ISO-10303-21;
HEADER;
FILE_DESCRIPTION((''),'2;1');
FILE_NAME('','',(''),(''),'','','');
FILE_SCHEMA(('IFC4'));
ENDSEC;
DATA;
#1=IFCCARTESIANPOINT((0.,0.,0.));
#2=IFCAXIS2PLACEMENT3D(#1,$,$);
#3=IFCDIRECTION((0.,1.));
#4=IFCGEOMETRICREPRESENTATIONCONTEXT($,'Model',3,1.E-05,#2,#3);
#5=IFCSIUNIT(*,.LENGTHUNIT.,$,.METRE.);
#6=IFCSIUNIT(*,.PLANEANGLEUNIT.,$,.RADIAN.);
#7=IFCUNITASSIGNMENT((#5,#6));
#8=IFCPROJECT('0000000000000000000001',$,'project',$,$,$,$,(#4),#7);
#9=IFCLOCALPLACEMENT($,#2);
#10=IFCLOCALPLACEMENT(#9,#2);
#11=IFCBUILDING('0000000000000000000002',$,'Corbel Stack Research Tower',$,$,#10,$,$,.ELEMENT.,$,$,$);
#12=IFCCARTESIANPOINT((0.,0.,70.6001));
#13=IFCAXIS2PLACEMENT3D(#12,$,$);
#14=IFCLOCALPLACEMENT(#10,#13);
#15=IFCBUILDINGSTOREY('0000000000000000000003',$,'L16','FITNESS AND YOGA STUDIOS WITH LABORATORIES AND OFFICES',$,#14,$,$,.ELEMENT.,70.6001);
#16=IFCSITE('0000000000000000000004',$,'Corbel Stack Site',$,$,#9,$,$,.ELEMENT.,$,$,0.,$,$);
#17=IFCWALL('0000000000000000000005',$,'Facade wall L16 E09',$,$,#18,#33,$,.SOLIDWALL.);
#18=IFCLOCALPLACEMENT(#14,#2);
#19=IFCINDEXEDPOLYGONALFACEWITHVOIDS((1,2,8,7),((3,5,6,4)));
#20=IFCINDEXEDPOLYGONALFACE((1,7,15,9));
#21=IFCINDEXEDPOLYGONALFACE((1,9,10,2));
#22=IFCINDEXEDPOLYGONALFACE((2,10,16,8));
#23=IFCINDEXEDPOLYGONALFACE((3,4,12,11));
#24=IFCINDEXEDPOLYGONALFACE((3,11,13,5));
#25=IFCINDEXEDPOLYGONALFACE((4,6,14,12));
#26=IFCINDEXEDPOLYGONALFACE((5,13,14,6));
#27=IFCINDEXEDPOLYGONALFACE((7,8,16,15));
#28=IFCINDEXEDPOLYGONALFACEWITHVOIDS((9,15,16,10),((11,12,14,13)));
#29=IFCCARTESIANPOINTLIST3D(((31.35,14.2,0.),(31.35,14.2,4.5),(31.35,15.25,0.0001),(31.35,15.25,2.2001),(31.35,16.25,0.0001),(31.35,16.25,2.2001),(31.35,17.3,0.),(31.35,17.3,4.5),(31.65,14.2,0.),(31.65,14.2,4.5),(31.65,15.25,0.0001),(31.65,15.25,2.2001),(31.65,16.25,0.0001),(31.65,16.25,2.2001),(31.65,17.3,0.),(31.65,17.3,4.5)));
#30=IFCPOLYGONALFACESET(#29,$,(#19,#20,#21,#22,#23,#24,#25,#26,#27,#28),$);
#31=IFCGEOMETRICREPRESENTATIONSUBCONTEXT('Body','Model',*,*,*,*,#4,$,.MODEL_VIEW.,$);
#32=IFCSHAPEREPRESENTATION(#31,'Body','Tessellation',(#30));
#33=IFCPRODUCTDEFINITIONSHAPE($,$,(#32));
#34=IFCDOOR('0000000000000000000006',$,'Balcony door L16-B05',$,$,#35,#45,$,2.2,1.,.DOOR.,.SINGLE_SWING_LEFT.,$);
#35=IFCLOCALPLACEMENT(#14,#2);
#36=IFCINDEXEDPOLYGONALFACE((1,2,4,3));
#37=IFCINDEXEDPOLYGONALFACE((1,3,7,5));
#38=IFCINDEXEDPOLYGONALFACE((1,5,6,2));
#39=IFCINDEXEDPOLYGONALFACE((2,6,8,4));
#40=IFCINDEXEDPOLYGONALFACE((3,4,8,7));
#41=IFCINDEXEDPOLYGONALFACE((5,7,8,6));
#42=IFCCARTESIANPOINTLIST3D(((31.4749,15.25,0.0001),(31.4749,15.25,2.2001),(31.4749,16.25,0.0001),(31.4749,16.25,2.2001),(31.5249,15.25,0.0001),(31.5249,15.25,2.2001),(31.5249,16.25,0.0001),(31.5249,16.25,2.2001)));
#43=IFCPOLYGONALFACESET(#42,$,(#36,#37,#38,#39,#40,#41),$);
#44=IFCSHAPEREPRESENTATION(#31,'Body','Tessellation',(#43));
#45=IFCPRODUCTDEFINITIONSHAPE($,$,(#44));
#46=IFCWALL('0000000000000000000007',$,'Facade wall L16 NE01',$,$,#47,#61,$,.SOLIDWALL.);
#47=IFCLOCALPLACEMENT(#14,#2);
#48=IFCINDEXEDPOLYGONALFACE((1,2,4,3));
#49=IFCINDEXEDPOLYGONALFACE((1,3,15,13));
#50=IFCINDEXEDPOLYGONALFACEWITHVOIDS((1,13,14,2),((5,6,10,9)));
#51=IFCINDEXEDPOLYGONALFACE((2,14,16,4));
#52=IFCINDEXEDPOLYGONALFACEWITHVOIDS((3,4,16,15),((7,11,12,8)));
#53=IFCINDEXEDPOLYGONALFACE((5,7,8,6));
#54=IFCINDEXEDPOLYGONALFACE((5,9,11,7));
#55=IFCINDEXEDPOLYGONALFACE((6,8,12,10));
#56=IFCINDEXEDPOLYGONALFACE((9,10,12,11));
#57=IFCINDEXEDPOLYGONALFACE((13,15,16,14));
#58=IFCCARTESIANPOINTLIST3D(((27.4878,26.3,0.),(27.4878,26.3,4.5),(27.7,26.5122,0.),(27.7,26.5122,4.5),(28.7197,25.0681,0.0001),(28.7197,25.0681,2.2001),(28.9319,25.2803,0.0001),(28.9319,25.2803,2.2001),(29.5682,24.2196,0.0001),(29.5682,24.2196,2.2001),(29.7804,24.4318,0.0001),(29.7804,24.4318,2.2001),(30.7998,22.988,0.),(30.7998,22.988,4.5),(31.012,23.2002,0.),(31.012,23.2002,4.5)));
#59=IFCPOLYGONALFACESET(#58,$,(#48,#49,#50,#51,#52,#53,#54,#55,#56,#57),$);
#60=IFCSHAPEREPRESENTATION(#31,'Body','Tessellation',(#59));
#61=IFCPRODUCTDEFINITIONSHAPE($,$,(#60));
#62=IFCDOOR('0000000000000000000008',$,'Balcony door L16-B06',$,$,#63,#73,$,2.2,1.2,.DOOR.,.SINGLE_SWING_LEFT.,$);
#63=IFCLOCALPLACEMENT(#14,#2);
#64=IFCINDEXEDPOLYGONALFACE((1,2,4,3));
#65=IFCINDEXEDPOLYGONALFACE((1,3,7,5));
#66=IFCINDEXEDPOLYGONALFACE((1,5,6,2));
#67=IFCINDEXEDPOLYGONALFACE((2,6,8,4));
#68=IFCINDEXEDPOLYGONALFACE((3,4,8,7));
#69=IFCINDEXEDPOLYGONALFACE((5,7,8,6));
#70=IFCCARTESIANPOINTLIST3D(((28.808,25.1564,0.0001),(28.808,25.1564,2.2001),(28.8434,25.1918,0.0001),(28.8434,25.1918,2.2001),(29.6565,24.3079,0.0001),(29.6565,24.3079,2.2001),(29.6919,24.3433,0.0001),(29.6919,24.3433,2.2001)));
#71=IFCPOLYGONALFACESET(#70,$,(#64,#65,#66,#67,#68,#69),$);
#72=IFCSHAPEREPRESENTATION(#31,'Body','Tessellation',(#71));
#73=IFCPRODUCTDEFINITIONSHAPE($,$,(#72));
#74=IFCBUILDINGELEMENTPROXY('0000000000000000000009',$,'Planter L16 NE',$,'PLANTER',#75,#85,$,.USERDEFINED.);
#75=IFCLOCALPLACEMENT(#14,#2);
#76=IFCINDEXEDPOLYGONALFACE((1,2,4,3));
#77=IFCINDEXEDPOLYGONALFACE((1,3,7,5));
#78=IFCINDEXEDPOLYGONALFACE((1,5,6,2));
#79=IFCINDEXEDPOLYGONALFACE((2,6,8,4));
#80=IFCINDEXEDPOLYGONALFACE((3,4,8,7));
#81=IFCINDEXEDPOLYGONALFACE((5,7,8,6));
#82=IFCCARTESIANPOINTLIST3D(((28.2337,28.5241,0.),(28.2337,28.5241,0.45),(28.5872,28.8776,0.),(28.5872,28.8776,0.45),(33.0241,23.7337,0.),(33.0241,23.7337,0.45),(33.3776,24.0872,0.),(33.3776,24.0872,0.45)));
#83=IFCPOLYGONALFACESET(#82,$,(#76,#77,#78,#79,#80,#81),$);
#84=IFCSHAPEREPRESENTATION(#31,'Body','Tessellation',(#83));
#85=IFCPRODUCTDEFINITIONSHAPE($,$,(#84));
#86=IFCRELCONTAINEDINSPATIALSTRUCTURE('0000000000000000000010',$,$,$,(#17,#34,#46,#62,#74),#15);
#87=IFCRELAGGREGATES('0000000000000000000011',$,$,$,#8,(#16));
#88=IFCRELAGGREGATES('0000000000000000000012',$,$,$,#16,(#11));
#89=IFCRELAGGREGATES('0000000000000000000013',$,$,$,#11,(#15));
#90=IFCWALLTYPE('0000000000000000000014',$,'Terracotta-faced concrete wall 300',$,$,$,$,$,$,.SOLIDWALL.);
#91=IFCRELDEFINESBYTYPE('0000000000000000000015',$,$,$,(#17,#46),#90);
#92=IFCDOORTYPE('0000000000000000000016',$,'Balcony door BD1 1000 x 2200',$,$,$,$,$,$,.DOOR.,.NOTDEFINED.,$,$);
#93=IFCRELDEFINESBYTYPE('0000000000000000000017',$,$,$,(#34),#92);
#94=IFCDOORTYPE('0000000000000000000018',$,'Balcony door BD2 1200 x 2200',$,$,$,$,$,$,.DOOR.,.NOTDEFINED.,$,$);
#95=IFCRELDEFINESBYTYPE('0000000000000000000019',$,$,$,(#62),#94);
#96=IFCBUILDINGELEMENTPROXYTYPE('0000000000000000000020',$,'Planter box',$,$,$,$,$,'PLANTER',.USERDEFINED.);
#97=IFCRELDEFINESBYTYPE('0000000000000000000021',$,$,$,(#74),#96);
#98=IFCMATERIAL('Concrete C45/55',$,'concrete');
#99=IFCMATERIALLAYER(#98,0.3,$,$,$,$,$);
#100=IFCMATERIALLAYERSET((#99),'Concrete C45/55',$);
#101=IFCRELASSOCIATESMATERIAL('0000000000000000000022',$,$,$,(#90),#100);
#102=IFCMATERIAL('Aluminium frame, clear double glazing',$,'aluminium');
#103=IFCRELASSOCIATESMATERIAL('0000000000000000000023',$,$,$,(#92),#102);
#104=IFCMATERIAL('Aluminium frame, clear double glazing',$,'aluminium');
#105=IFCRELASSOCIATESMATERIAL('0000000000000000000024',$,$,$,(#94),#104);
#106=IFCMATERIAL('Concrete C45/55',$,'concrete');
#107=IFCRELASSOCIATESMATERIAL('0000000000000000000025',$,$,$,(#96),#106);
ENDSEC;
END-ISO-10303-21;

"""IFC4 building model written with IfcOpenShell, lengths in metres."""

from ifc_helpers import new_model, si_unit, direction, frame, frame_2d, origin, origin_2d, place, context, subcontext, project, spatial, rectangle, extrude, material, layer, layer_set, type_object, element, fill, save


model = new_model("IFC4")

# Units and contexts
model_context = context("Model", 3, precision=1e-05, world=origin(), true_north=direction((0.0, 1.0)))
body_context = subcontext(model_context, "Body", "Model", "MODEL_VIEW")
ifc_project = project(units=[si_unit("LENGTHUNIT", "METRE"), si_unit("PLANEANGLEUNIT", "RADIAN")], contexts=[model_context])

# Site, building, storey
site_placement = place(None, origin())
site = spatial("IfcSite", under=ifc_project, at=site_placement, Name="Corbel Stack Site", CompositionType="ELEMENT", RefElevation=0.0)
building_placement = place(site_placement, origin())
building = spatial("IfcBuilding", under=site, at=building_placement, Name="Corbel Stack Research Tower", CompositionType="ELEMENT")
storey_placement = place(building_placement, frame((0.0, 0.0, 70.6001)))
storey = spatial("IfcBuildingStorey", under=building, at=storey_placement, Name="L16", Description="FITNESS AND YOGA STUDIOS WITH LABORATORIES AND OFFICES", CompositionType="ELEMENT", Elevation=70.6001)

# Walls, openings, doors
ifc_material_1 = material(Name="Concrete C45/55", Category="concrete")
ifc_layer_1 = layer(ifc_material_1, 0.3)
ifc_layer_set_1 = layer_set([ifc_layer_1], Name="Concrete C45/55")
wall_type_1 = type_object("IfcWallType", Name="Terracotta-faced concrete wall 300", PredefinedType="SOLIDWALL", material=ifc_layer_set_1)
wall_1_placement = place(storey_placement, frame((31.5, 17.3, 0.0), z_axis=(0.0, 0.0, 1.0), x_axis=(0.0, -1.0, 0.0)))
wall_1 = element("IfcWall", 1, at=wall_1_placement, inside=storey, type_object=wall_type_1, Name="Facade wall L16 E09", PredefinedType="SOLIDWALL", context=body_context, shape_type="SweptSolid", body=[
    extrude(rectangle(XDim=3.1001, YDim=0.3, at=frame_2d((1.55, 0.0))), origin(), (0.0, 0.0, 1.0), 4.5),
])
opening_1_placement = place(wall_1_placement, frame((1.05, 0.0, 0.0)))
opening_1 = element("IfcOpeningElement", 2, at=opening_1_placement, cuts=wall_1, PredefinedType="OPENING", context=body_context, shape_type="SweptSolid", body=[
    extrude(rectangle(XDim=1.0, YDim=2.2, at=frame_2d((0.5, 1.1001))), frame((0.0, 0.1599, 0.0), z_axis=(0.0, -1.0, 0.0), x_axis=(1.0, 0.0, 0.0)), (0.0, 0.0, 1.0), 0.3201),
])
ifc_material_2 = material(Name="Aluminium frame, clear double glazing", Category="aluminium")
door_type_1 = type_object("IfcDoorType", Name="Balcony door BD1 1000 x 2200", OperationType="NOTDEFINED", PredefinedType="DOOR", material=ifc_material_2)
door_1_placement = place(opening_1_placement, origin())
door_1 = element("IfcDoor", 3, at=door_1_placement, inside=storey, type_object=door_type_1, Name="Balcony door L16-B05", OperationType="SINGLE_SWING_LEFT", OverallHeight=2.2, OverallWidth=1.0, PredefinedType="DOOR", context=body_context, shape_type="SweptSolid", body=[
    extrude(rectangle(XDim=1.0, YDim=2.2, at=frame_2d((0.5, 1.1001))), frame((0.0, 0.0249, 0.0), z_axis=(0.0, -1.0, 0.0), x_axis=(1.0, 0.0, 0.0)), (0.0, 0.0, 1.0), 0.05),
])
fill(opening_1, door_1)
wall_2_placement = place(storey_placement, frame((27.594, 26.406, 0.0), z_axis=(0.0, 0.0, 1.0), x_axis=(0.707107, -0.707107, 0.0)))
wall_2 = element("IfcWall", 4, at=wall_2_placement, inside=storey, type_object=wall_type_1, Name="Facade wall L16 NE01", PredefinedType="SOLIDWALL", context=body_context, shape_type="SweptSolid", body=[
    extrude(rectangle(XDim=4.6838, YDim=0.3, at=frame_2d((2.3418, 0.0))), origin(), (0.0, 0.0, 1.0), 4.5),
])
opening_2_placement = place(wall_2_placement, frame((1.7419, 0.0, 0.0)))
opening_2 = element("IfcOpeningElement", 5, at=opening_2_placement, cuts=wall_2, PredefinedType="OPENING", context=body_context, shape_type="SweptSolid", body=[
    extrude(rectangle(XDim=1.2, YDim=2.2, at=frame_2d((0.6001, 1.1001))), frame((0.0, 0.1599, 0.0), z_axis=(0.0, -1.0, 0.0), x_axis=(1.0, 0.0, 0.0)), (0.0, 0.0, 1.0), 0.3201),
])
ifc_material_3 = material(Name="Aluminium frame, clear double glazing", Category="aluminium")
door_type_2 = type_object("IfcDoorType", Name="Balcony door BD2 1200 x 2200", OperationType="NOTDEFINED", PredefinedType="DOOR", material=ifc_material_3)
door_2_placement = place(opening_2_placement, origin())
door_2 = element("IfcDoor", 6, at=door_2_placement, inside=storey, type_object=door_type_2, Name="Balcony door L16-B06", OperationType="SINGLE_SWING_LEFT", OverallHeight=2.2, OverallWidth=1.2, PredefinedType="DOOR", context=body_context, shape_type="SweptSolid", body=[
    extrude(rectangle(XDim=1.2, YDim=2.2, at=frame_2d((0.6001, 1.1001))), frame((0.0, 0.0249, 0.0), z_axis=(0.0, -1.0, 0.0), x_axis=(1.0, 0.0, 0.0)), (0.0, 0.0, 1.0), 0.05),
])
fill(opening_2, door_2)

# Building element proxy
ifc_material_4 = material(Name="Concrete C45/55", Category="concrete")
building_element_proxy_type = type_object("IfcBuildingElementProxyType", Name="Planter box", ElementType="PLANTER", PredefinedType="USERDEFINED", material=ifc_material_4)
proxy_placement = place(storey_placement, frame((30.8057, 26.3057, 0.0), z_axis=(0.0, 0.0, 1.0), x_axis=(-0.707107, 0.707107, 0.0)))
element("IfcBuildingElementProxy", 7, at=proxy_placement, inside=storey, type_object=building_element_proxy_type, Name="Planter L16 NE", ObjectType="PLANTER", PredefinedType="USERDEFINED", context=body_context, shape_type="SweptSolid", body=[
    extrude(rectangle(XDim=6.7747, YDim=0.5, at=origin_2d()), origin(), (0.0, 0.0, 1.0), 0.45),
])

save(model, "model.ifc")
